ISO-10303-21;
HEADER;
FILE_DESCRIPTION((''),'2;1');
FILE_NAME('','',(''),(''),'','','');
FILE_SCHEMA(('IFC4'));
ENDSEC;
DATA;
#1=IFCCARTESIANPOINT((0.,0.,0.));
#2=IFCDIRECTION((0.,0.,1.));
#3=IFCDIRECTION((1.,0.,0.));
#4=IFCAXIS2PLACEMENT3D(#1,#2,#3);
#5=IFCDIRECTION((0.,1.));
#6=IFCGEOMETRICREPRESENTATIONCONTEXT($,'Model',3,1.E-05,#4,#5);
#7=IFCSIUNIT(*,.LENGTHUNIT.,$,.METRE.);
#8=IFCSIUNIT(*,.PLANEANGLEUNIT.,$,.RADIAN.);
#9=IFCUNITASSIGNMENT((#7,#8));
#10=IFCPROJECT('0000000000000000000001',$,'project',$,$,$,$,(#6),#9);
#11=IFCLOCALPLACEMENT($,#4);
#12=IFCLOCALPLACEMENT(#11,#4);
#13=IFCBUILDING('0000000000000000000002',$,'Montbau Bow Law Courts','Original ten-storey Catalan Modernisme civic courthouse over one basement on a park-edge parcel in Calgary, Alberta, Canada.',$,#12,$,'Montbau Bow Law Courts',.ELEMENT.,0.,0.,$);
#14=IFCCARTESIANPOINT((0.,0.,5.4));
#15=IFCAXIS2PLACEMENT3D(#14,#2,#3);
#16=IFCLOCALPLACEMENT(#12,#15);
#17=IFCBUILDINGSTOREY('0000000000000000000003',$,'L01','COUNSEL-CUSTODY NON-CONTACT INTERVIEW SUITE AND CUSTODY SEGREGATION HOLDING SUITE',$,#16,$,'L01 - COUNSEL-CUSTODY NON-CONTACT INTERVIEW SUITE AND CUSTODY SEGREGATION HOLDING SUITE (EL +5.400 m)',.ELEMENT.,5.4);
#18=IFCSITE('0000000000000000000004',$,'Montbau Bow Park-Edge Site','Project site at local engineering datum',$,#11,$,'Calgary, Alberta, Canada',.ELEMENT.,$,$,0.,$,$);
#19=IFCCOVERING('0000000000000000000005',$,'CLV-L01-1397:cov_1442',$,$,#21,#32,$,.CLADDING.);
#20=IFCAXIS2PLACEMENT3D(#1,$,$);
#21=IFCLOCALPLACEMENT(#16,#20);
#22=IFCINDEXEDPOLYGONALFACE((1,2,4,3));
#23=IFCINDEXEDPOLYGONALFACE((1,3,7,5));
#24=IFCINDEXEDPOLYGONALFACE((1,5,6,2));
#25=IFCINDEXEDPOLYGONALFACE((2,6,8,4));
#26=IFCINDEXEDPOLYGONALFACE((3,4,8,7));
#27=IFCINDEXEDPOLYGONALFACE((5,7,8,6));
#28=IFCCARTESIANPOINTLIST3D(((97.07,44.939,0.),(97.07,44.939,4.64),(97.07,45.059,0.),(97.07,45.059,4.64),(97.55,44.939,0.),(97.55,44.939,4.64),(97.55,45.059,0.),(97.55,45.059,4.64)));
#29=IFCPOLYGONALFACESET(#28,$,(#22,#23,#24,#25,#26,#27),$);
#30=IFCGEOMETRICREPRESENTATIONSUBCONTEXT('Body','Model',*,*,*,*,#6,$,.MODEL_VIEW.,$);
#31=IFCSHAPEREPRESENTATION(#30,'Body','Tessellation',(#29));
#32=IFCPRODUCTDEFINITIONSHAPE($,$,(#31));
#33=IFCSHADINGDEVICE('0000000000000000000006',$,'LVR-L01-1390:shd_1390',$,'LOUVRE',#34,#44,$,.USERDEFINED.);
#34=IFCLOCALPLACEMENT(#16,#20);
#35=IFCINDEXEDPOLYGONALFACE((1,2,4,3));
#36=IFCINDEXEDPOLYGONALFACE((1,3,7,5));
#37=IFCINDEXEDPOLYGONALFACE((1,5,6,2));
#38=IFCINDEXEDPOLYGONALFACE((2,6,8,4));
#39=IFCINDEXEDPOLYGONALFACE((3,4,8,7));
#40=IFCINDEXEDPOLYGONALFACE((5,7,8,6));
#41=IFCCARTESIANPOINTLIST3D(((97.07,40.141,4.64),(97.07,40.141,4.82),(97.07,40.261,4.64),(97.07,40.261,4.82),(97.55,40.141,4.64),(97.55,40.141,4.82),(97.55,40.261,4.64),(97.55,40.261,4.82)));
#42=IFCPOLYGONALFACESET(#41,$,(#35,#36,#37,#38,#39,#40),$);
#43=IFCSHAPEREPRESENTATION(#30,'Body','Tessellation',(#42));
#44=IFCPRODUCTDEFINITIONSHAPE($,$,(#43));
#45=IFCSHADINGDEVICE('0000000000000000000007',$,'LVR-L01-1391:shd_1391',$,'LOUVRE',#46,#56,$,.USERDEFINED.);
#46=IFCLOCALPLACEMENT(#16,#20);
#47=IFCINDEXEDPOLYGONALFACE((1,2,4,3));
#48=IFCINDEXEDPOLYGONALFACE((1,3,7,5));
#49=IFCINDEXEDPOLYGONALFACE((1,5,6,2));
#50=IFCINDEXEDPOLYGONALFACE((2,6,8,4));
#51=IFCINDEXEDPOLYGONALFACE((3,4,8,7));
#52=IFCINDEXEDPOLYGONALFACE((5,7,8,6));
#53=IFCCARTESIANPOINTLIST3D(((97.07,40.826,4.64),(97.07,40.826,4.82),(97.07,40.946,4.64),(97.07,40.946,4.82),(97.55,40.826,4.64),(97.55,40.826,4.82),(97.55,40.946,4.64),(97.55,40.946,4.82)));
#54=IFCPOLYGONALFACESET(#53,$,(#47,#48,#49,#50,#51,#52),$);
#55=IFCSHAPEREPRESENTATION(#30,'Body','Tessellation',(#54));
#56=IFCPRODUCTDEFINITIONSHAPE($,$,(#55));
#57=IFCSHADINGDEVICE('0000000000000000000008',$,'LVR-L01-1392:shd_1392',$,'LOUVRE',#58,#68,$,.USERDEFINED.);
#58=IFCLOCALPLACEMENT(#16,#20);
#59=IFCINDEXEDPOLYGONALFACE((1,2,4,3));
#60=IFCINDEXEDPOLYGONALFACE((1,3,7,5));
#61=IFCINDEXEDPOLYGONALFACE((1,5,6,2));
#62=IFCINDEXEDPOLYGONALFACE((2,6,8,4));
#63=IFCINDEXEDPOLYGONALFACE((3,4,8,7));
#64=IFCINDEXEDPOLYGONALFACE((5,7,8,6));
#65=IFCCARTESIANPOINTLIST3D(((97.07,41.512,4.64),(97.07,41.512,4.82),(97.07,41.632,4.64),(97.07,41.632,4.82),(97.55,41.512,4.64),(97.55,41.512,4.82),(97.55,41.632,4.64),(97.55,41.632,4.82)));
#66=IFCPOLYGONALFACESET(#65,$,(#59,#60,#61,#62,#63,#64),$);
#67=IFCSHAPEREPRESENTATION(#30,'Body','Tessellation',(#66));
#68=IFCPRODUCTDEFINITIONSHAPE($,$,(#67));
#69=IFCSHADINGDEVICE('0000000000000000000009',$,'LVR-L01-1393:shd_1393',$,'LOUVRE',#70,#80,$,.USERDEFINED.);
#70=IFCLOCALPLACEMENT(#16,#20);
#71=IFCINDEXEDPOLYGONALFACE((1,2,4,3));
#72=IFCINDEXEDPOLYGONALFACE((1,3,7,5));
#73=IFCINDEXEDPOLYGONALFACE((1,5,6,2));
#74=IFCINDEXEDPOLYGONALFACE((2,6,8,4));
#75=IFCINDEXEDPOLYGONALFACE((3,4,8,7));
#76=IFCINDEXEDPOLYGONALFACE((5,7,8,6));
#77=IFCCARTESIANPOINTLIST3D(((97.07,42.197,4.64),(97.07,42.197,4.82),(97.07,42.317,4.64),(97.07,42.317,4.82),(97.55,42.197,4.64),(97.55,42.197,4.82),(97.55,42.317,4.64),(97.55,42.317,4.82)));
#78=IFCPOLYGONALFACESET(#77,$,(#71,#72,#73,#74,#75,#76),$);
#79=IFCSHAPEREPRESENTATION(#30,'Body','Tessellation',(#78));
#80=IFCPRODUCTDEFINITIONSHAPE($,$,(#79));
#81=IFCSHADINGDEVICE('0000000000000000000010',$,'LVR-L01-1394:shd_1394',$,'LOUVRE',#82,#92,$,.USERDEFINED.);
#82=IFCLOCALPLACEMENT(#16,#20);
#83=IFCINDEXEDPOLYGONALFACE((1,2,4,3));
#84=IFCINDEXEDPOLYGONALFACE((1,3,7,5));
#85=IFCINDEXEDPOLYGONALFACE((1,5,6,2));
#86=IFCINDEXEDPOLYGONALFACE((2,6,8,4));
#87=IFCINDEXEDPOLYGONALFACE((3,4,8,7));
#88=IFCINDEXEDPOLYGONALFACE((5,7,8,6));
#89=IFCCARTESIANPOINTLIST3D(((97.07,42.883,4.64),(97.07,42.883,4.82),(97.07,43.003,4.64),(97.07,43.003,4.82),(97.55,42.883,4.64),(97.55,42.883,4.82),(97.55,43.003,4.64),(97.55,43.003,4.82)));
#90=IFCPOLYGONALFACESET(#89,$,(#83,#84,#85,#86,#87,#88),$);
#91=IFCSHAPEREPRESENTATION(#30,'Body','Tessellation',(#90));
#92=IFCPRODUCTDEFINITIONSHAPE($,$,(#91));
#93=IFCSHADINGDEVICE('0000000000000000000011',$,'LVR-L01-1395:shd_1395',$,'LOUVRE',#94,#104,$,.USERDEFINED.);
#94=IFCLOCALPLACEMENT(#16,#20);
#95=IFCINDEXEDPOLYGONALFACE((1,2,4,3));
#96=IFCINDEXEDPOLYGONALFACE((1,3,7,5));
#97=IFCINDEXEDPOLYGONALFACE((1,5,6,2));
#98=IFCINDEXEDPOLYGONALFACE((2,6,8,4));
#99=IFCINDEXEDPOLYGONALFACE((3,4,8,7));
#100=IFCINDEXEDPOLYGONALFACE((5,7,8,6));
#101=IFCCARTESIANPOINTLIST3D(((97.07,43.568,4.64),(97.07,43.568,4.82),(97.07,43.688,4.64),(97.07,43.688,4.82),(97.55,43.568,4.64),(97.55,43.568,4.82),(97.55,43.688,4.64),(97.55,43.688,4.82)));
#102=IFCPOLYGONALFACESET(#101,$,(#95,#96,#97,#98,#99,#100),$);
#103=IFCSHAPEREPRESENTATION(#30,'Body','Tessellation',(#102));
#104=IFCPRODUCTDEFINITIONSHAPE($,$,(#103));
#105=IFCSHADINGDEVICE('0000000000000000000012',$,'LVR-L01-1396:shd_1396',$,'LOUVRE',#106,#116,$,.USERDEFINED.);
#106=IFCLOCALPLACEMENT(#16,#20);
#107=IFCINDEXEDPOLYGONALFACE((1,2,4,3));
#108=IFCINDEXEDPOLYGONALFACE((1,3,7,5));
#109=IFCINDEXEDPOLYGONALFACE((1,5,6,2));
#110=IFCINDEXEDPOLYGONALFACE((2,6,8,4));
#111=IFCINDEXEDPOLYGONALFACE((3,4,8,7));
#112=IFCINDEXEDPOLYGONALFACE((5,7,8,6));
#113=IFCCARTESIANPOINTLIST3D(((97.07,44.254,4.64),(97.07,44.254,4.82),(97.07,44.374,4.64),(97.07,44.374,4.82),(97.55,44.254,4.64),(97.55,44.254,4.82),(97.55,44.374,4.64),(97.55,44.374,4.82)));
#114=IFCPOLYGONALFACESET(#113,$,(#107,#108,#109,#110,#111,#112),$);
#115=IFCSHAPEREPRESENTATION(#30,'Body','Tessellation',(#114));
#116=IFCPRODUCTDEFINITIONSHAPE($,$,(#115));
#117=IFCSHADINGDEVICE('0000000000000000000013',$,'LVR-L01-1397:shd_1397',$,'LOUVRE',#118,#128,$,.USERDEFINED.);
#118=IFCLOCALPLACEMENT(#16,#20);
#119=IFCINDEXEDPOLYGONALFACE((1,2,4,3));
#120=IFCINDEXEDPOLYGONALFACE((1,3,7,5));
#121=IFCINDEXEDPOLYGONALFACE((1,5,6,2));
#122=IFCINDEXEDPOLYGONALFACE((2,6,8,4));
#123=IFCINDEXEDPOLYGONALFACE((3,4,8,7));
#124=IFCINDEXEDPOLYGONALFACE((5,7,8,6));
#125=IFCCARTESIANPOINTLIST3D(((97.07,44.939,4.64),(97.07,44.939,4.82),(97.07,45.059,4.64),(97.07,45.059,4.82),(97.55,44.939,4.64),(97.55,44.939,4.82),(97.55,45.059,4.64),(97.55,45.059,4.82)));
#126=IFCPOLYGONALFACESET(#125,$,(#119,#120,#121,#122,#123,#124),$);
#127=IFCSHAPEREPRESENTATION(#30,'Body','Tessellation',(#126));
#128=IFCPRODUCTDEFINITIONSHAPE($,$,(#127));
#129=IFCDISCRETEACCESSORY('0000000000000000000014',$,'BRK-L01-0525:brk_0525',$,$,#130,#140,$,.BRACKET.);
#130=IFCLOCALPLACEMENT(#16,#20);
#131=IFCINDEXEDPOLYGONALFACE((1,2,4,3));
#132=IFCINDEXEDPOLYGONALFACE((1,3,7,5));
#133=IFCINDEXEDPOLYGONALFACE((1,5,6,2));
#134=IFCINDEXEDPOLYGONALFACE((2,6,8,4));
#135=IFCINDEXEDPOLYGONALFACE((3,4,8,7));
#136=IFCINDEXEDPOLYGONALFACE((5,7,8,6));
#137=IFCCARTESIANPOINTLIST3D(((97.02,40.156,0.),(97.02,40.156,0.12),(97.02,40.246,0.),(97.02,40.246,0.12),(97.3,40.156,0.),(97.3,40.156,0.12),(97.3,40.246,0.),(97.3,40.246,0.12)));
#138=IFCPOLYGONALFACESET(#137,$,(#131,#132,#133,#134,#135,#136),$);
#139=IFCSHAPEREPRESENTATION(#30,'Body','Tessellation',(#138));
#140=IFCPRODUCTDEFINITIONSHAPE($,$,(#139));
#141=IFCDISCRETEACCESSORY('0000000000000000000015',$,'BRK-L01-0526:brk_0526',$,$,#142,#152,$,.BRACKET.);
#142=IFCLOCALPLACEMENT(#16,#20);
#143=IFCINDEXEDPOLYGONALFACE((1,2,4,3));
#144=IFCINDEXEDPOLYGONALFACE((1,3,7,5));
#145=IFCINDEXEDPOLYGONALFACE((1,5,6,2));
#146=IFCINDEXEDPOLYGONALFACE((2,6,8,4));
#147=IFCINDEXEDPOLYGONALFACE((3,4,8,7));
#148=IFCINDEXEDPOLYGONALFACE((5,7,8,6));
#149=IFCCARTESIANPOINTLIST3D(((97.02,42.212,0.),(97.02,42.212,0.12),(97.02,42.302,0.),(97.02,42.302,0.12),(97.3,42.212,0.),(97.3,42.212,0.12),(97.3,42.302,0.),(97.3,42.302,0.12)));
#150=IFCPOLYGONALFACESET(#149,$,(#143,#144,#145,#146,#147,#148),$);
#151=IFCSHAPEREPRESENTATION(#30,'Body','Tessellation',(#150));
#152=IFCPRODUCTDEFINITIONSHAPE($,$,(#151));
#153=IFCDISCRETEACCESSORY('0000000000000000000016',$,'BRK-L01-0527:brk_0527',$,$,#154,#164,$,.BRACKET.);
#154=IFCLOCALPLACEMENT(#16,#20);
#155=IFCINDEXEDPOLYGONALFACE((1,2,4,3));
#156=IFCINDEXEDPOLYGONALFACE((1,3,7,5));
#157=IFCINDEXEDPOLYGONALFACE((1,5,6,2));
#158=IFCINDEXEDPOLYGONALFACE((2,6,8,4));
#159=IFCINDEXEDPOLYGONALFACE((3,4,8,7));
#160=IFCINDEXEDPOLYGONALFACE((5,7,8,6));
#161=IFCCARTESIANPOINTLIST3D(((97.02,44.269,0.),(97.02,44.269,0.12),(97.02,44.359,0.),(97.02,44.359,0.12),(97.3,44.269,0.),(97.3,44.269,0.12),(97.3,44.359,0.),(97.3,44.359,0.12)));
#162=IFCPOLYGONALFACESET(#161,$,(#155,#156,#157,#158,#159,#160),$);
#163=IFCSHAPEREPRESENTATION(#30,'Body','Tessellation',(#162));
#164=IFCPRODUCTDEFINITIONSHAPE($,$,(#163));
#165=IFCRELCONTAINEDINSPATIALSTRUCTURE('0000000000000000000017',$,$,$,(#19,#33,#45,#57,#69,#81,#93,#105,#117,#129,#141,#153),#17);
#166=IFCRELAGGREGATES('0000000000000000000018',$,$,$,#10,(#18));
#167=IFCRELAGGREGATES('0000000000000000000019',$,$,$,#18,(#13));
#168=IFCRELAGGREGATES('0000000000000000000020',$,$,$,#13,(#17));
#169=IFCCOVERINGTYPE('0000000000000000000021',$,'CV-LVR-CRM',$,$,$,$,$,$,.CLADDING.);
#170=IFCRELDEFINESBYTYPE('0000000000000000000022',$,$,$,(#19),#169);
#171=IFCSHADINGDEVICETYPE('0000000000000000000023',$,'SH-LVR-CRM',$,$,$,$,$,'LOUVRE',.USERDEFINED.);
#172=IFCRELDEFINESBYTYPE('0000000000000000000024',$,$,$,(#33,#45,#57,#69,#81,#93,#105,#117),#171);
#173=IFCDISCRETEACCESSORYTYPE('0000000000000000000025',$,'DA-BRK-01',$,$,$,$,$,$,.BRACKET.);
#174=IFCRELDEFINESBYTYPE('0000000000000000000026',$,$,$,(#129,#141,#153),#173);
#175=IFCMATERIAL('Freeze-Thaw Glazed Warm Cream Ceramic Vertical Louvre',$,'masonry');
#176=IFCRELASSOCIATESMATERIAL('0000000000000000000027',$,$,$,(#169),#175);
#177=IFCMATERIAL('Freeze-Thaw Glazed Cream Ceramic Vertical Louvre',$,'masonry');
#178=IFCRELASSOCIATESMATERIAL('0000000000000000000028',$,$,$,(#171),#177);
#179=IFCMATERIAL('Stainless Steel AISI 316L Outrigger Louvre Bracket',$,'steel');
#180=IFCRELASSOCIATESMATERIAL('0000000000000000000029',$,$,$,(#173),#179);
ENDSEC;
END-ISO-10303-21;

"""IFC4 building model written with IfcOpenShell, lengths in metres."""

from ifc_helpers import new_model, si_unit, direction, frame, frame_2d, origin_with_axes, origin_2d_with_axis, place, context, subcontext, project, spatial, rectangle, extrude, material, type_object, element, save


model = new_model("IFC4")

# Units and contexts
model_context = context("Model", 3, precision=1e-05, world=origin_with_axes(), true_north=direction((0.0, 1.0)))
body_context = subcontext(model_context, "Body", "Model", "MODEL_VIEW")
ifc_project = project(units=[si_unit("LENGTHUNIT", "METRE"), si_unit("PLANEANGLEUNIT", "RADIAN")], contexts=[model_context])

# Site, building, storey
site_placement = place(None, origin_with_axes())
site = spatial("IfcSite", under=ifc_project, at=site_placement, Name="Montbau Bow Park-Edge Site", Description="Project site at local engineering datum", LongName="Calgary, Alberta, Canada", CompositionType="ELEMENT", RefElevation=0.0)
building_placement = place(site_placement, origin_with_axes())
building = spatial("IfcBuilding", under=site, at=building_placement, Name="Montbau Bow Law Courts", Description="Original ten-storey Catalan Modernisme civic courthouse over one basement on a park-edge parcel in Calgary, Alberta, Canada.", LongName="Montbau Bow Law Courts", CompositionType="ELEMENT", ElevationOfRefHeight=0.0, ElevationOfTerrain=0.0)
storey_placement = place(building_placement, frame((0.0, 0.0, 5.4), z_axis=(0.0, 0.0, 1.0), x_axis=(1.0, 0.0, 0.0)))
storey = spatial("IfcBuildingStorey", under=building, at=storey_placement, Name="L01", Description="COUNSEL-CUSTODY NON-CONTACT INTERVIEW SUITE AND CUSTODY SEGREGATION HOLDING SUITE", LongName="L01 - COUNSEL-CUSTODY NON-CONTACT INTERVIEW SUITE AND CUSTODY SEGREGATION HOLDING SUITE (EL +5.400 m)", CompositionType="ELEMENT", Elevation=5.4)

# Covering
ifc_material_1 = material(Name="Freeze-Thaw Glazed Warm Cream Ceramic Vertical Louvre", Category="masonry")
covering_type = type_object("IfcCoveringType", Name="CV-LVR-CRM", PredefinedType="CLADDING", material=ifc_material_1)
for number, where, z_axis, x_axis, name in (
    (1, (97.07, 44.999, 5.4), (0.0, -1.0, 0.0), (1.0, 0.0, 0.0), "CLV-L01-1397:cov_1442"),
):
    element("IfcCovering", number, at=place(None, frame(where, z_axis=z_axis, x_axis=x_axis)), inside=storey, type_object=covering_type, Name=name, PredefinedType="CLADDING", context=body_context, shape_type="SweptSolid", body=[
        extrude(rectangle(XDim=0.48, YDim=4.64, at=frame_2d((0.24, 2.32), x_axis=(1.0, 0.0))), frame((0.0, 0.0, -0.06), z_axis=(0.0, 0.0, 1.0), x_axis=(1.0, 0.0, 0.0)), (0.0, 0.0, 1.0), 0.12),
    ])

# Shading devices
ifc_material_2 = material(Name="Freeze-Thaw Glazed Cream Ceramic Vertical Louvre", Category="masonry")
shading_device_type = type_object("IfcShadingDeviceType", Name="SH-LVR-CRM", ElementType="LOUVRE", PredefinedType="USERDEFINED", material=ifc_material_2)
for number, where, z_axis, x_axis, name in (
    (2, (97.31, 40.201, 10.04), (0.0, 0.0, 1.0), (1.0, 0.0, 0.0), "LVR-L01-1390:shd_1390"),
    (3, (97.31, 40.886, 10.04), (0.0, 0.0, 1.0), (1.0, 0.0, 0.0), "LVR-L01-1391:shd_1391"),
    (4, (97.31, 41.572, 10.04), (0.0, 0.0, 1.0), (1.0, 0.0, 0.0), "LVR-L01-1392:shd_1392"),
    (5, (97.31, 42.257, 10.04), (0.0, 0.0, 1.0), (1.0, 0.0, 0.0), "LVR-L01-1393:shd_1393"),
    (6, (97.31, 42.943, 10.04), (0.0, 0.0, 1.0), (1.0, 0.0, 0.0), "LVR-L01-1394:shd_1394"),
    (7, (97.31, 43.628, 10.04), (0.0, 0.0, 1.0), (1.0, 0.0, 0.0), "LVR-L01-1395:shd_1395"),
    (8, (97.31, 44.314, 10.04), (0.0, 0.0, 1.0), (1.0, 0.0, 0.0), "LVR-L01-1396:shd_1396"),
    (9, (97.31, 44.999, 10.04), (0.0, 0.0, 1.0), (1.0, 0.0, 0.0), "LVR-L01-1397:shd_1397"),
):
    element("IfcShadingDevice", number, at=place(None, frame(where, z_axis=z_axis, x_axis=x_axis)), inside=storey, type_object=shading_device_type, Name=name, ObjectType="LOUVRE", PredefinedType="USERDEFINED", context=body_context, shape_type="SweptSolid", body=[
        extrude(rectangle(XDim=0.48, YDim=0.12, at=origin_2d_with_axis()), origin_with_axes(), (0.0, 0.0, 1.0), 0.18),
    ])

# Discrete accessories
ifc_material_3 = material(Name="Stainless Steel AISI 316L Outrigger Louvre Bracket", Category="steel")
discrete_accessory_type = type_object("IfcDiscreteAccessoryType", Name="DA-BRK-01", PredefinedType="BRACKET", material=ifc_material_3)
for number, where, z_axis, x_axis, name in (
    (10, (97.16, 40.201, 5.4), (0.0, 0.0, 1.0), (1.0, 0.0, 0.0), "BRK-L01-0525:brk_0525"),
    (11, (97.16, 42.257, 5.4), (0.0, 0.0, 1.0), (1.0, 0.0, 0.0), "BRK-L01-0526:brk_0526"),
    (12, (97.16, 44.314, 5.4), (0.0, 0.0, 1.0), (1.0, 0.0, 0.0), "BRK-L01-0527:brk_0527"),
):
    element("IfcDiscreteAccessory", number, at=place(None, frame(where, z_axis=z_axis, x_axis=x_axis)), inside=storey, type_object=discrete_accessory_type, Name=name, PredefinedType="BRACKET", context=body_context, shape_type="SweptSolid", body=[
        extrude(rectangle(XDim=0.28, YDim=0.09, at=origin_2d_with_axis()), origin_with_axes(), (0.0, 0.0, 1.0), 0.12),
    ])

save(model, "model.ifc")
